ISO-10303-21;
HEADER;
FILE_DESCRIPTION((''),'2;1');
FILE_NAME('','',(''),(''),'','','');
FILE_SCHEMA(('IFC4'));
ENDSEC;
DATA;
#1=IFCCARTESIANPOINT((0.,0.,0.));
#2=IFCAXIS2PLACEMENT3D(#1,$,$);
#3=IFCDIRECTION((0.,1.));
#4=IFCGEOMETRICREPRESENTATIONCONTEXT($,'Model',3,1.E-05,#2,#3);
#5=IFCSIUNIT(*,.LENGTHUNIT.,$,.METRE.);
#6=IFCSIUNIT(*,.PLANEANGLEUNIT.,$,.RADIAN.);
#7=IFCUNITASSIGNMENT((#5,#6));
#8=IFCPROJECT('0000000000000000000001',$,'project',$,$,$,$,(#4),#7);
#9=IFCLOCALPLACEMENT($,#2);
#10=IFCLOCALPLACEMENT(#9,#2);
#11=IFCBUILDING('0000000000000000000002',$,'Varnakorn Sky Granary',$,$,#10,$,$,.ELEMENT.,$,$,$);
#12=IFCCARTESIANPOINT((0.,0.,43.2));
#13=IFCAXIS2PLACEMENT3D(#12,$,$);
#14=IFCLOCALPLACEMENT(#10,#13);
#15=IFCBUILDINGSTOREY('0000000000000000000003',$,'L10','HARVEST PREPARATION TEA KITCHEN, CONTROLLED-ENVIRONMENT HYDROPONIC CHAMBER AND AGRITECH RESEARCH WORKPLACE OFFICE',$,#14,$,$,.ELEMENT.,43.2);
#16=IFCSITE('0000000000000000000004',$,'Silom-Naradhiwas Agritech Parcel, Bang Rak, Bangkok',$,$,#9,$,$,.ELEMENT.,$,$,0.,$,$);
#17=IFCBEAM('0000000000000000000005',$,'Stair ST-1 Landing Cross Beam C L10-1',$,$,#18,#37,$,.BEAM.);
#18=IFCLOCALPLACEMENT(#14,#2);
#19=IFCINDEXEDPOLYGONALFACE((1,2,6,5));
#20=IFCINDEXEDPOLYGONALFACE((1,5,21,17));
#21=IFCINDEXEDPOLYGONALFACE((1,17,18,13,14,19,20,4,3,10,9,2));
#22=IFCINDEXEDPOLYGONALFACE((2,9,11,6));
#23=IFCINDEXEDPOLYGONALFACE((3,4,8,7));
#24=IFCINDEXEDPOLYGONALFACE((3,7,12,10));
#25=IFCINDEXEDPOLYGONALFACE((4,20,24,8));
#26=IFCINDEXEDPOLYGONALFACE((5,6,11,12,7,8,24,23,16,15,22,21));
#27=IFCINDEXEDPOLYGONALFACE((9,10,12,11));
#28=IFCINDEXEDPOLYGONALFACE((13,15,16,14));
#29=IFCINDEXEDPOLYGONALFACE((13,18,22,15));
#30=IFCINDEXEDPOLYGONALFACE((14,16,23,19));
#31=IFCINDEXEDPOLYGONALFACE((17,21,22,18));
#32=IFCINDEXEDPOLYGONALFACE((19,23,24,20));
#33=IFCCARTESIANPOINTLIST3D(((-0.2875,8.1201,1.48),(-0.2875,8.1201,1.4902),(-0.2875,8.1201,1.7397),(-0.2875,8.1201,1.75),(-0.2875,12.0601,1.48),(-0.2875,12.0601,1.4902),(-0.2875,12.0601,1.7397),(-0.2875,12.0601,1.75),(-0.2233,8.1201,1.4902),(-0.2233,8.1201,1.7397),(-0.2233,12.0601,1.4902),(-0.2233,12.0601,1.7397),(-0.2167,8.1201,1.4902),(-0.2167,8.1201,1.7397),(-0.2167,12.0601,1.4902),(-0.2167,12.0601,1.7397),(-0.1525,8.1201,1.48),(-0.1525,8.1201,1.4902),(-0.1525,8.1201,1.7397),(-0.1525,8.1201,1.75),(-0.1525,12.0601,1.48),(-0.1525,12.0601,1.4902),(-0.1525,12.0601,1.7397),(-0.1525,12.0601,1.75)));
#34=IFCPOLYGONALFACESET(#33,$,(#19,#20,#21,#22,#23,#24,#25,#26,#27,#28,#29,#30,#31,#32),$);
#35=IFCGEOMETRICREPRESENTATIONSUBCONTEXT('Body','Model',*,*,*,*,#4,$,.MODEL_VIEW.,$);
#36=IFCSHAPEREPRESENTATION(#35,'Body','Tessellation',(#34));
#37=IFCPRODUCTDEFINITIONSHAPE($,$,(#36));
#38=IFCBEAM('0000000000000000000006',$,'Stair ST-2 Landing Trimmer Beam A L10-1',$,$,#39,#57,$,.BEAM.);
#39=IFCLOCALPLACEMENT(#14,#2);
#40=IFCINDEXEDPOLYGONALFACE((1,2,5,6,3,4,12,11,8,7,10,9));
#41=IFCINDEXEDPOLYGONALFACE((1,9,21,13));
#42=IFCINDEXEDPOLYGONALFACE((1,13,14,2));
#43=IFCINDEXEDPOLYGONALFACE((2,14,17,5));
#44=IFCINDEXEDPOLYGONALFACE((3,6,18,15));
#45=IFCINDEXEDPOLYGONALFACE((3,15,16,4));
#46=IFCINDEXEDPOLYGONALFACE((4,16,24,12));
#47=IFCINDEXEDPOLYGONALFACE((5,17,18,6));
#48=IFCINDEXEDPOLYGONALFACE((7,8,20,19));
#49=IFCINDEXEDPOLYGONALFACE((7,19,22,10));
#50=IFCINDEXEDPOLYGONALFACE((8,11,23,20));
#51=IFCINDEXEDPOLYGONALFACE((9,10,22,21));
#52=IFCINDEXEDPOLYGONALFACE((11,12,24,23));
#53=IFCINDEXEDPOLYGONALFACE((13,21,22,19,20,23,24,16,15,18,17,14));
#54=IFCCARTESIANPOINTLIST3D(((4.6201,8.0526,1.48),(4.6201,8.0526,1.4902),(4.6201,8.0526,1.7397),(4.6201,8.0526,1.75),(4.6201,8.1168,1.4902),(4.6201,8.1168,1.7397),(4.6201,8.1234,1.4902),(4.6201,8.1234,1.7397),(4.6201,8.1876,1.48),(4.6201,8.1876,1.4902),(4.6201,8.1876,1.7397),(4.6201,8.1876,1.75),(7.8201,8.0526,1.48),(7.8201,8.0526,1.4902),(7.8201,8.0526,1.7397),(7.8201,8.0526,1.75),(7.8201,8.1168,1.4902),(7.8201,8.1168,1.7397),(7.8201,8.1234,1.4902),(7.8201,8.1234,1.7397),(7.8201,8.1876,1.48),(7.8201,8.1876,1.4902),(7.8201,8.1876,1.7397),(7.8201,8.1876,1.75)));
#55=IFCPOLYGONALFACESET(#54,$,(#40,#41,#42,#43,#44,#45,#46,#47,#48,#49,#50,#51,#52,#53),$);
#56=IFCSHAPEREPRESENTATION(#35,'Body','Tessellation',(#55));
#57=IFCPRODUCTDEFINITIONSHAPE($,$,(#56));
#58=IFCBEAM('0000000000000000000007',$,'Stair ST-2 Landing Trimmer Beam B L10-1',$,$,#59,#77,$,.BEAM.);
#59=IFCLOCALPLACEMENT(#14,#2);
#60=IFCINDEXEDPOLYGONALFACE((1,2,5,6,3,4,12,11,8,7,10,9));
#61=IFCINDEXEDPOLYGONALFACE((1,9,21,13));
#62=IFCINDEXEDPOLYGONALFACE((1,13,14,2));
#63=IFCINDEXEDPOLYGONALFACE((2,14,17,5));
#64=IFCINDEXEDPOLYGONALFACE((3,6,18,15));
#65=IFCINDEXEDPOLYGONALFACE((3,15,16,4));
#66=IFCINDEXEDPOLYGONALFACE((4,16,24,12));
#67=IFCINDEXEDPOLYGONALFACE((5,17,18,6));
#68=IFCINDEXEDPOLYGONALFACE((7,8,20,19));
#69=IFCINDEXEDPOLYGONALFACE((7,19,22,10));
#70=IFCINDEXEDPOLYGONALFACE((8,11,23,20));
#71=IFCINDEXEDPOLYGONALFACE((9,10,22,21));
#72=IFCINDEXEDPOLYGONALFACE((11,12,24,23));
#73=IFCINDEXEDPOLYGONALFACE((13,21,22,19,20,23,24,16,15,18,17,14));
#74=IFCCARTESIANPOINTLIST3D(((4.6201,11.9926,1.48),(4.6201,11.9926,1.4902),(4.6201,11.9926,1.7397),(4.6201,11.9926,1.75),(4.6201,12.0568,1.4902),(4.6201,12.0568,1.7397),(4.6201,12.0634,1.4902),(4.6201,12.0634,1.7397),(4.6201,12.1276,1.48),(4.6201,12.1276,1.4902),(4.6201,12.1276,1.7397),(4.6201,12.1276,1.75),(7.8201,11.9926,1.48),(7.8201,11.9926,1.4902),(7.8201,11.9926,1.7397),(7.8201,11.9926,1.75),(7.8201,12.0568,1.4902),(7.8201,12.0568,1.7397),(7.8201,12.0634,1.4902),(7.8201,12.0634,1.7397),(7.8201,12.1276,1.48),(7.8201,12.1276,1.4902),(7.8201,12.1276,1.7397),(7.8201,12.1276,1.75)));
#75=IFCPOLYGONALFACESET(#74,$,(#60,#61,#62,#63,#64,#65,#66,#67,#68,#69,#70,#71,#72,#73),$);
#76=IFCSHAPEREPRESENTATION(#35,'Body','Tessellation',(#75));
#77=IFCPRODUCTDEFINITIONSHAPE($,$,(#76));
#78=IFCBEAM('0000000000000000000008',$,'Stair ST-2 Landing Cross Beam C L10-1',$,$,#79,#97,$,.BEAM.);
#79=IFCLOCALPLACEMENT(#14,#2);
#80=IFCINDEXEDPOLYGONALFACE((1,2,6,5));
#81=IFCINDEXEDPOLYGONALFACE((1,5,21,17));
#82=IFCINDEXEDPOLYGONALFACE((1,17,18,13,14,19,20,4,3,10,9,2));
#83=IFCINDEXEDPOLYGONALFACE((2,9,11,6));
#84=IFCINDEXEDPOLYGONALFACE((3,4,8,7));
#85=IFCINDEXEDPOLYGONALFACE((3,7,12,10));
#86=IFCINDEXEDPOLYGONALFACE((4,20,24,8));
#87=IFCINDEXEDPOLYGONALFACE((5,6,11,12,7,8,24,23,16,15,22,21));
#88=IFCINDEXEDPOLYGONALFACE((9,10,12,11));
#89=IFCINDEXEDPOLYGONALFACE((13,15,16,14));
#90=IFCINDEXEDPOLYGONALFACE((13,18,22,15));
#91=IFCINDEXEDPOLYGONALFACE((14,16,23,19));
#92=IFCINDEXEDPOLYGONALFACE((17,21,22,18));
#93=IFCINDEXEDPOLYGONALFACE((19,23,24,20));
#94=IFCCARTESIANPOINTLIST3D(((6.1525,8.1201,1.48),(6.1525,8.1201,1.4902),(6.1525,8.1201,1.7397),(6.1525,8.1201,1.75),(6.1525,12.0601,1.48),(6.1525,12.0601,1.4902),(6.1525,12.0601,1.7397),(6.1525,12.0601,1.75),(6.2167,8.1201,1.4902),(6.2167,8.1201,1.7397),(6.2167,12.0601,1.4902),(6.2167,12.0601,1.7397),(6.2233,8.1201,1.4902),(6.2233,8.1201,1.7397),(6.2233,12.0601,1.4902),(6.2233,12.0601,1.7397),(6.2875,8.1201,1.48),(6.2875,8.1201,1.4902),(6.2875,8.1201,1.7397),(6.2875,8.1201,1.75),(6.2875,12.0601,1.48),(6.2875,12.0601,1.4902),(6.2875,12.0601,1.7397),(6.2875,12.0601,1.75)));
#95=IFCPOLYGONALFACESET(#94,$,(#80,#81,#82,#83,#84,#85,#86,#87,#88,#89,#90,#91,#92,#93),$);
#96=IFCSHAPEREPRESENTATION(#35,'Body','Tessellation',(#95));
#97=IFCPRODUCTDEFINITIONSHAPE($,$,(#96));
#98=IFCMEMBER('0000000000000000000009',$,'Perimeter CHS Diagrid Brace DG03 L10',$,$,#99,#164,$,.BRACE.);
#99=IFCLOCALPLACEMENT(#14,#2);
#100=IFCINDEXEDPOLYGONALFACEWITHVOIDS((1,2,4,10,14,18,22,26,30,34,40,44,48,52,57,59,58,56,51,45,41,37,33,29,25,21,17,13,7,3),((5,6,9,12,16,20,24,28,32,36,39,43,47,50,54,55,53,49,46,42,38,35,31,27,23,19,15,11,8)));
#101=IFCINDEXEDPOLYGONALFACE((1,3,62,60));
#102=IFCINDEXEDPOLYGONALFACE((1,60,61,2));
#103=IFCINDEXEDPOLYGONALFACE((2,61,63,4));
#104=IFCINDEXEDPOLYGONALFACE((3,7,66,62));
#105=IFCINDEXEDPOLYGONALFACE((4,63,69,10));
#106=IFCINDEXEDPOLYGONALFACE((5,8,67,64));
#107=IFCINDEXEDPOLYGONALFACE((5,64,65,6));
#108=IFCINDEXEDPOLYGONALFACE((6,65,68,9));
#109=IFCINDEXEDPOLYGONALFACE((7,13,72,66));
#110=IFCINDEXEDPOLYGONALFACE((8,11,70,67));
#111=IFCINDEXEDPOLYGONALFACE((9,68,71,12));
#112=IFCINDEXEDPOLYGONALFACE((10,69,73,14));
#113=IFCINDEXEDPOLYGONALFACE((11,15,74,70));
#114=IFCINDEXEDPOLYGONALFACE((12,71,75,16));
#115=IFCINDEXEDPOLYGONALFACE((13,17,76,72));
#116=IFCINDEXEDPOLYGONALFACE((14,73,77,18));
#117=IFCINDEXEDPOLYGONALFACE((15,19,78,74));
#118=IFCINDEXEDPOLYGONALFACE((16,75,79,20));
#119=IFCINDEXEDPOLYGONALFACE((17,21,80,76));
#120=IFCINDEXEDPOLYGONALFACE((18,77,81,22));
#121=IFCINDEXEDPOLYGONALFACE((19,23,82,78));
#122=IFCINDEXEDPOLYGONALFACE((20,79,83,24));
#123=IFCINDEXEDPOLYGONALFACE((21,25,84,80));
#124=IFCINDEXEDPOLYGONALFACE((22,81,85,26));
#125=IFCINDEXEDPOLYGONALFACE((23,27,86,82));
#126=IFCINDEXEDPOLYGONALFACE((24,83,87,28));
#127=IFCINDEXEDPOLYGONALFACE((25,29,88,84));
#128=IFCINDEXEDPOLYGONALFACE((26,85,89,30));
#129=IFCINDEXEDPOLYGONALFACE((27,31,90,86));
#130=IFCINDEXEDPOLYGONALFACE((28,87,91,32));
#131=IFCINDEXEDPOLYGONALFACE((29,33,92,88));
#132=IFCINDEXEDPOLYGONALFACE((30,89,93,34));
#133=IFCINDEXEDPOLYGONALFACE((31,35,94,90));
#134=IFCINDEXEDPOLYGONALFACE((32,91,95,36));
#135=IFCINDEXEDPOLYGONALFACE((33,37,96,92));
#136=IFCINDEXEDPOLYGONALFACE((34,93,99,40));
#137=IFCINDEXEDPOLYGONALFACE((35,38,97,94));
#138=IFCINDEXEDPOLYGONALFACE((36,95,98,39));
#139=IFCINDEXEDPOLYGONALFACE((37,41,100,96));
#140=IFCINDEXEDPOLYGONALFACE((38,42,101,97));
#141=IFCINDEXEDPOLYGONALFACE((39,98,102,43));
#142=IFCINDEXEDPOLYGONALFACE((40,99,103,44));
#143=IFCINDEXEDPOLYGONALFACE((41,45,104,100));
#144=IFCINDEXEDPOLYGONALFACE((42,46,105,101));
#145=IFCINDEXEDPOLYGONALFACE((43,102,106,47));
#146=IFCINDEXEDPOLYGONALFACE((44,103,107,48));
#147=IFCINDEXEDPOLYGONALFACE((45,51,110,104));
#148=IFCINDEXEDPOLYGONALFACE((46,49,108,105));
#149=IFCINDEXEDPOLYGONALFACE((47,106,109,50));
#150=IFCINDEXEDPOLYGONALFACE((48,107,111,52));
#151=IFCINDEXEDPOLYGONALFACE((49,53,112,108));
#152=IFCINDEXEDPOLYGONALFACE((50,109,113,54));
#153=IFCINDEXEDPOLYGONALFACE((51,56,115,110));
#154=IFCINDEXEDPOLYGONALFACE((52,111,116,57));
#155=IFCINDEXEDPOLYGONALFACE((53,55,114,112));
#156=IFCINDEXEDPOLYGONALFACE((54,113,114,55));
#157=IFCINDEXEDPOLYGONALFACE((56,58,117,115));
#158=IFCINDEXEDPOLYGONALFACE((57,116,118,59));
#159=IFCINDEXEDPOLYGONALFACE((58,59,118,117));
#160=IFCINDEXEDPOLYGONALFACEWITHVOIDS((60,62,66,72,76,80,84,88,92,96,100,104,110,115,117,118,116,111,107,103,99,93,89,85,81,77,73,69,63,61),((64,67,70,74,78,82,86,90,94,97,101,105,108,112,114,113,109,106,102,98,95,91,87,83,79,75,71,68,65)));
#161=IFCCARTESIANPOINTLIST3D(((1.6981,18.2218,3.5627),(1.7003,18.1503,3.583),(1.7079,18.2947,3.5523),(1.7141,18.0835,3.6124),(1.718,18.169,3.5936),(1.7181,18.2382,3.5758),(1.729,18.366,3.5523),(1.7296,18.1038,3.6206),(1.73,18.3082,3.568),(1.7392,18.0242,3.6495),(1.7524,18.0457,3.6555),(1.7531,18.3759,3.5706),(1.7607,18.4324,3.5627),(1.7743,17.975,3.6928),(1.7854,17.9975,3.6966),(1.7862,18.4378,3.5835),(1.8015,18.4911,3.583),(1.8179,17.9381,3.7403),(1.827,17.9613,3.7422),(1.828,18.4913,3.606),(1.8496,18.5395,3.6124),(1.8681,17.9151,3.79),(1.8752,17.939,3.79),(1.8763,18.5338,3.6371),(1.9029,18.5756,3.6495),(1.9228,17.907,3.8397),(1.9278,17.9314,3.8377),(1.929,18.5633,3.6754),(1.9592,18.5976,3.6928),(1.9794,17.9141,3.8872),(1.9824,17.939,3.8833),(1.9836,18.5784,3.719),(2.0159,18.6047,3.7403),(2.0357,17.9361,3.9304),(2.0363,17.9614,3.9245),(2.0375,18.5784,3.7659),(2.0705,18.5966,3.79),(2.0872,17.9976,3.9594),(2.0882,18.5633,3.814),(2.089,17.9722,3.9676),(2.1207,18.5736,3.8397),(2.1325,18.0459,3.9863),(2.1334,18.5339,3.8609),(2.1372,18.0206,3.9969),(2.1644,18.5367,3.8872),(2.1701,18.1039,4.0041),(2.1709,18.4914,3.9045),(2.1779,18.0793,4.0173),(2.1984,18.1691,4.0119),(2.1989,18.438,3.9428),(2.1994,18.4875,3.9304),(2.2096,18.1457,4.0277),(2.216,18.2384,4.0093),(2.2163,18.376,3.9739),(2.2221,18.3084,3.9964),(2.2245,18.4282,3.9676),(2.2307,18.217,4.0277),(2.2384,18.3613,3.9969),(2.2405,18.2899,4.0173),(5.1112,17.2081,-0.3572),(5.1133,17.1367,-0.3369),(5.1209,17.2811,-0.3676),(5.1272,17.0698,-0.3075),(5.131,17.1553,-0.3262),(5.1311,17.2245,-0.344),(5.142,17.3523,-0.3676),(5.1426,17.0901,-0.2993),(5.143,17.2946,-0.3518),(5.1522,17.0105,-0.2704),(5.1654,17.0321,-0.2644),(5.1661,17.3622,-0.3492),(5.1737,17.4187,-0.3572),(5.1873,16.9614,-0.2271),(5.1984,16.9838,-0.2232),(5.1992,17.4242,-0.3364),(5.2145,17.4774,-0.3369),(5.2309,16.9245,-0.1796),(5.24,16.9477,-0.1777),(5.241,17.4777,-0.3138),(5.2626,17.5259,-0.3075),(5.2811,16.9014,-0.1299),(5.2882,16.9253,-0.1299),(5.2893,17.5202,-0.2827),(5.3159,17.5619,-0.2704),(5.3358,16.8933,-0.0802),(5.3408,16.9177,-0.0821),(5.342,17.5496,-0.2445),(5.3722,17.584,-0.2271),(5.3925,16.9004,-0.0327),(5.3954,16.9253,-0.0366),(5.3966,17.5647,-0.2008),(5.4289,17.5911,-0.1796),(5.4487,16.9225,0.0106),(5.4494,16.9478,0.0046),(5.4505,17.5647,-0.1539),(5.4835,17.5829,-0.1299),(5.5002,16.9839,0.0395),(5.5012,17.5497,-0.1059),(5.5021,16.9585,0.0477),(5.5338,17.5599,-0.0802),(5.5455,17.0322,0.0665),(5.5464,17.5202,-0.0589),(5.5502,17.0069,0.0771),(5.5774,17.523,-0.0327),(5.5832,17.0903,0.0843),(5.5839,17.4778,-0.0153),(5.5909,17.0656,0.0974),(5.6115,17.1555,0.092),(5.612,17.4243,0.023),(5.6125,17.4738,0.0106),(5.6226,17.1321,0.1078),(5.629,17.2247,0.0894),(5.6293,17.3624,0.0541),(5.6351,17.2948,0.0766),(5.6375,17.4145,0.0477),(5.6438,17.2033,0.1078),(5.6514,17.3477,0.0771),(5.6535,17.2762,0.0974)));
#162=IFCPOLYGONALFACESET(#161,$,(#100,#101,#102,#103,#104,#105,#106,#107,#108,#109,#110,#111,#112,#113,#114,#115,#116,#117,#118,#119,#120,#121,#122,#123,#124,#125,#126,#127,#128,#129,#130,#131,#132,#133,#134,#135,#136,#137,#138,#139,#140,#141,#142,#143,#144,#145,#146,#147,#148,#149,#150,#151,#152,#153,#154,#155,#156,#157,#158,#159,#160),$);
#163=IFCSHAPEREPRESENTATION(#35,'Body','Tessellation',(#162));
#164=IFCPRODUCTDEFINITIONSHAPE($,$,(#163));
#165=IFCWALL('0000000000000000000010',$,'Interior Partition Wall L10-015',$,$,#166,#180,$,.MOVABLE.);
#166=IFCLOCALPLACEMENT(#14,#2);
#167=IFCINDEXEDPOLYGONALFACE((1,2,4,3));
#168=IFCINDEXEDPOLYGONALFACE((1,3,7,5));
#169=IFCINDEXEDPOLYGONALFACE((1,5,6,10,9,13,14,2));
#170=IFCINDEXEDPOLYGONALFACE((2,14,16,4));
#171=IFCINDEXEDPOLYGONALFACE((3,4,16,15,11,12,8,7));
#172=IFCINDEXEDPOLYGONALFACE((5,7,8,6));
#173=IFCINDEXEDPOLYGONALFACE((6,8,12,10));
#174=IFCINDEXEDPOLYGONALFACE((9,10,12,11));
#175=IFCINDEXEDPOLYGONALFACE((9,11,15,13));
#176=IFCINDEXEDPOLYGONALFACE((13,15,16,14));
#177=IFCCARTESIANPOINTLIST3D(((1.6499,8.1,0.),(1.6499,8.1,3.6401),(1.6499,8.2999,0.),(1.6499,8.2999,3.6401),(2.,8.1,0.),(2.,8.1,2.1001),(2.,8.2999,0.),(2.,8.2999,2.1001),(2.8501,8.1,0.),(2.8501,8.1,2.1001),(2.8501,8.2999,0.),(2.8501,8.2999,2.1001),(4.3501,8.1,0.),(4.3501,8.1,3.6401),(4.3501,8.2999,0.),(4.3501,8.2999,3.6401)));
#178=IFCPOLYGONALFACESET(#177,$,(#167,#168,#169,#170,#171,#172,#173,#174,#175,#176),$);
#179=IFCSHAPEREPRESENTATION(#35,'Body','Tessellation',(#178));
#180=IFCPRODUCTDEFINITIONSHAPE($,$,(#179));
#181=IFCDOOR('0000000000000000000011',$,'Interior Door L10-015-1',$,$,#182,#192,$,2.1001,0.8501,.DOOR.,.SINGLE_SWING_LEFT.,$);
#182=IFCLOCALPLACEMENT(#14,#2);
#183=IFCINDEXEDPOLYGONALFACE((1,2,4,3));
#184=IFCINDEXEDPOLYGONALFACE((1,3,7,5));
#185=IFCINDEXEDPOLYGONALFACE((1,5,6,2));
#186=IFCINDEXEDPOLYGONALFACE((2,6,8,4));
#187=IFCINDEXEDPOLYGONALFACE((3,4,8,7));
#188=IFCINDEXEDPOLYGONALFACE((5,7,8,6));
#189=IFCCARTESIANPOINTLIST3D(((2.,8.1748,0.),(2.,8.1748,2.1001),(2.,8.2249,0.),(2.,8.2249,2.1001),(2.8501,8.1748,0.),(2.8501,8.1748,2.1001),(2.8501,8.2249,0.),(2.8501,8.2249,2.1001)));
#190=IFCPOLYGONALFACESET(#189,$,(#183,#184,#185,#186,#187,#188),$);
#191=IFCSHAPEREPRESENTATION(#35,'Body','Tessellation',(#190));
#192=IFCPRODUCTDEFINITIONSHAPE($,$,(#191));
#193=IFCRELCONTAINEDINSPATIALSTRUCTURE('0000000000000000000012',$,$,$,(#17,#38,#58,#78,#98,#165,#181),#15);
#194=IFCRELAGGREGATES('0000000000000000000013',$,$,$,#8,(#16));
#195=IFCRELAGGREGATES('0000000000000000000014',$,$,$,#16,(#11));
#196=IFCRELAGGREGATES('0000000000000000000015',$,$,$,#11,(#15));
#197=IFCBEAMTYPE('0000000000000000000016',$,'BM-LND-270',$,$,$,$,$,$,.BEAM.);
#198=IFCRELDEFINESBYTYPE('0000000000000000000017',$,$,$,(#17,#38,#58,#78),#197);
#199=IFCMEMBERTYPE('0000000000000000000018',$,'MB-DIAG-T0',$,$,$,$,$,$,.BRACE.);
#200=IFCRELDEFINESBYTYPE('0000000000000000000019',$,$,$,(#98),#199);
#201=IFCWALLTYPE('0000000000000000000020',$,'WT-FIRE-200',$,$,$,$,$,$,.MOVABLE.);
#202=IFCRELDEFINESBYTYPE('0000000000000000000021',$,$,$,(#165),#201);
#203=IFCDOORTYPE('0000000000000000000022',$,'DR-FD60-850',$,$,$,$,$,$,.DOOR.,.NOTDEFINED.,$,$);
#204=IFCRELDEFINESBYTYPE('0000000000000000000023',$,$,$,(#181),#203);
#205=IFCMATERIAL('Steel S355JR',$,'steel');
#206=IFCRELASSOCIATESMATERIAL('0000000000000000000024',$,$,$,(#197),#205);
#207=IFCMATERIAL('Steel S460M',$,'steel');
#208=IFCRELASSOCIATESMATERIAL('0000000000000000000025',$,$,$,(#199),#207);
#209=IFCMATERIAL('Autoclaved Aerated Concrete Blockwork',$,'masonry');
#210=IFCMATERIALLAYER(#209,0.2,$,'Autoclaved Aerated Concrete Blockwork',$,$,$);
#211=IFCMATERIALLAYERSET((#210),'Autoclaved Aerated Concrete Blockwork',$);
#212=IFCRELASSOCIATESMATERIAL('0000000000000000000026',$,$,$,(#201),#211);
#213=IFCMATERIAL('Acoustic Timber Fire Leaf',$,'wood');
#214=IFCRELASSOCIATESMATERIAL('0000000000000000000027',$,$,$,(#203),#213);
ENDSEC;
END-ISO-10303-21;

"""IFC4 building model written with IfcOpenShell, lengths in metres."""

from ifc_helpers import new_model, si_unit, direction, frame, frame_2d, origin, origin_2d, place, context, subcontext, project, spatial, rectangle, hollow_circle, i_section, extrude, material, layer, layer_set, material_profile, profile_set, type_object, element, fill, save


model = new_model("IFC4")

# Units and contexts
model_context = context("Model", 3, precision=1e-05, world=origin(), true_north=direction((0.0, 1.0)))
body_context = subcontext(model_context, "Body", "Model", "MODEL_VIEW")
ifc_project = project(units=[si_unit("LENGTHUNIT", "METRE"), si_unit("PLANEANGLEUNIT", "RADIAN")], contexts=[model_context])

# Site, building, storey
site_placement = place(None, origin())
site = spatial("IfcSite", under=ifc_project, at=site_placement, Name="Silom-Naradhiwas Agritech Parcel, Bang Rak, Bangkok", CompositionType="ELEMENT", RefElevation=0.0)
building_placement = place(site_placement, origin())
building = spatial("IfcBuilding", under=site, at=building_placement, Name="Varnakorn Sky Granary", CompositionType="ELEMENT")
storey_placement = place(building_placement, frame((0.0, 0.0, 43.2)))
storey = spatial("IfcBuildingStorey", under=building, at=storey_placement, Name="L10", Description="HARVEST PREPARATION TEA KITCHEN, CONTROLLED-ENVIRONMENT HYDROPONIC CHAMBER AND AGRITECH RESEARCH WORKPLACE OFFICE", CompositionType="ELEMENT", Elevation=43.2)

# Beams
ifc_material_1 = material(Name="Steel S355JR", Category="steel")
ifc_material_profile_1 = material_profile(ifc_material_1, i_section(OverallWidth=0.135, OverallDepth=0.27, WebThickness=0.0066, FlangeThickness=0.0103, at=origin_2d()), Name="IPE 270")
ifc_profile_set_1 = profile_set([ifc_material_profile_1], Name="Steel S355JR")
beam_type = type_object("IfcBeamType", Name="BM-LND-270", PredefinedType="BEAM", material=ifc_profile_set_1)
beam_1_placement = place(storey_placement, frame((-0.22, 8.1201, 1.615), z_axis=(0.0, 1.0, 0.0), x_axis=(-1.0, 0.0, 0.0)))
element("IfcBeam", 1, at=beam_1_placement, inside=storey, type_object=beam_type, Name="Stair ST-1 Landing Cross Beam C L10-1", PredefinedType="BEAM", context=body_context, shape_type="SweptSolid", body=[
    extrude(i_section(OverallWidth=0.135, OverallDepth=0.27, WebThickness=0.0066, FlangeThickness=0.0103, at=origin_2d()), origin(), (0.0, 0.0, 1.0), 3.9399),
])
for number, where, z_axis, x_axis, name in (
    (2, (4.6201, 8.1201, 1.615), (1.0, 0.0, 0.0), (0.0, 1.0, 0.0), "Stair ST-2 Landing Trimmer Beam A L10-1"),
    (3, (4.6201, 12.0601, 1.615), (1.0, 0.0, 0.0), (0.0, 1.0, 0.0), "Stair ST-2 Landing Trimmer Beam B L10-1"),
):
    element("IfcBeam", number, at=place(storey_placement, frame(where, z_axis=z_axis, x_axis=x_axis)), inside=storey, type_object=beam_type, Name=name, PredefinedType="BEAM", context=body_context, shape_type="SweptSolid", body=[
        extrude(i_section(OverallWidth=0.135, OverallDepth=0.27, WebThickness=0.0066, FlangeThickness=0.0103, at=origin_2d()), origin(), (0.0, 0.0, 1.0), 3.2),
    ])
beam_2_placement = place(storey_placement, frame((6.22, 8.1201, 1.615), z_axis=(0.0, 1.0, 0.0), x_axis=(-1.0, 0.0, 0.0)))
element("IfcBeam", 4, at=beam_2_placement, inside=storey, type_object=beam_type, Name="Stair ST-2 Landing Cross Beam C L10-1", PredefinedType="BEAM", context=body_context, shape_type="SweptSolid", body=[
    extrude(i_section(OverallWidth=0.135, OverallDepth=0.27, WebThickness=0.0066, FlangeThickness=0.0103, at=origin_2d()), origin(), (0.0, 0.0, 1.0), 3.9399),
])

# Member
ifc_material_2 = material(Name="Steel S460M", Category="steel")
ifc_material_profile_2 = material_profile(ifc_material_2, hollow_circle(Radius=0.3555, WallThickness=0.0249, at=origin_2d()), Name="CHS 711x25")
ifc_profile_set_2 = profile_set([ifc_material_profile_2], Name="Steel S460M")
member_type = type_object("IfcMemberType", Name="MB-DIAG-T0", PredefinedType="BRACE", material=ifc_profile_set_2)
member_placement = place(storey_placement, frame((5.3823, 17.2422, -0.1299), z_axis=(-0.644524, 0.191421, 0.740234), x_axis=(-0.284705, -0.958615, 0.0)))
element("IfcMember", 5, at=member_placement, inside=storey, type_object=member_type, Name="Perimeter CHS Diagrid Brace DG03 L10", PredefinedType="BRACE", context=body_context, shape_type="SweptSolid", body=[
    extrude(hollow_circle(Radius=0.3555, WallThickness=0.0249, at=origin_2d()), origin(), (0.0, 0.0, 1.0), 5.2954),
])

# Wall, opening, door
ifc_material_3 = material(Name="Autoclaved Aerated Concrete Blockwork", Category="masonry")
ifc_layer_1 = layer(ifc_material_3, 0.2, Name="Autoclaved Aerated Concrete Blockwork")
ifc_layer_set_1 = layer_set([ifc_layer_1], Name="Autoclaved Aerated Concrete Blockwork")
wall_type_1 = type_object("IfcWallType", Name="WT-FIRE-200", PredefinedType="MOVABLE", material=ifc_layer_set_1)
wall_1_placement = place(storey_placement, frame((1.6499, 8.2, 0.0), z_axis=(0.0, 0.0, 1.0), x_axis=(1.0, 0.0, 0.0)))
wall_1 = element("IfcWall", 6, at=wall_1_placement, inside=storey, type_object=wall_type_1, Name="Interior Partition Wall L10-015", PredefinedType="MOVABLE", context=body_context, shape_type="SweptSolid", body=[
    extrude(rectangle(XDim=2.7002, YDim=0.2, at=frame_2d((1.3501, 0.0))), origin(), (0.0, 0.0, 1.0), 3.6401),
])
opening_1_placement = place(wall_1_placement, frame((0.3501, 0.0, 0.0)))
opening_1 = element("IfcOpeningElement", 7, at=opening_1_placement, cuts=wall_1, PredefinedType="OPENING", context=body_context, shape_type="SweptSolid", body=[
    extrude(rectangle(XDim=0.8501, YDim=2.1001, at=frame_2d((0.425, 1.05))), frame((0.0, 0.1099, 0.0), z_axis=(0.0, -1.0, 0.0), x_axis=(1.0, 0.0, 0.0)), (0.0, 0.0, 1.0), 0.22),
])
ifc_material_4 = material(Name="Acoustic Timber Fire Leaf", Category="wood")
door_type_1 = type_object("IfcDoorType", Name="DR-FD60-850", OperationType="NOTDEFINED", PredefinedType="DOOR", material=ifc_material_4)
door_1_placement = place(opening_1_placement, origin())
door_1 = element("IfcDoor", 8, at=door_1_placement, inside=storey, type_object=door_type_1, Name="Interior Door L10-015-1", OperationType="SINGLE_SWING_LEFT", OverallHeight=2.1001, OverallWidth=0.8501, PredefinedType="DOOR", context=body_context, shape_type="SweptSolid", body=[
    extrude(rectangle(XDim=0.8501, YDim=2.1001, at=frame_2d((0.425, 1.05))), frame((0.0, 0.0249, 0.0), z_axis=(0.0, -1.0, 0.0), x_axis=(1.0, 0.0, 0.0)), (0.0, 0.0, 1.0), 0.05),
])
fill(opening_1, door_1)

save(model, "model.ifc")
